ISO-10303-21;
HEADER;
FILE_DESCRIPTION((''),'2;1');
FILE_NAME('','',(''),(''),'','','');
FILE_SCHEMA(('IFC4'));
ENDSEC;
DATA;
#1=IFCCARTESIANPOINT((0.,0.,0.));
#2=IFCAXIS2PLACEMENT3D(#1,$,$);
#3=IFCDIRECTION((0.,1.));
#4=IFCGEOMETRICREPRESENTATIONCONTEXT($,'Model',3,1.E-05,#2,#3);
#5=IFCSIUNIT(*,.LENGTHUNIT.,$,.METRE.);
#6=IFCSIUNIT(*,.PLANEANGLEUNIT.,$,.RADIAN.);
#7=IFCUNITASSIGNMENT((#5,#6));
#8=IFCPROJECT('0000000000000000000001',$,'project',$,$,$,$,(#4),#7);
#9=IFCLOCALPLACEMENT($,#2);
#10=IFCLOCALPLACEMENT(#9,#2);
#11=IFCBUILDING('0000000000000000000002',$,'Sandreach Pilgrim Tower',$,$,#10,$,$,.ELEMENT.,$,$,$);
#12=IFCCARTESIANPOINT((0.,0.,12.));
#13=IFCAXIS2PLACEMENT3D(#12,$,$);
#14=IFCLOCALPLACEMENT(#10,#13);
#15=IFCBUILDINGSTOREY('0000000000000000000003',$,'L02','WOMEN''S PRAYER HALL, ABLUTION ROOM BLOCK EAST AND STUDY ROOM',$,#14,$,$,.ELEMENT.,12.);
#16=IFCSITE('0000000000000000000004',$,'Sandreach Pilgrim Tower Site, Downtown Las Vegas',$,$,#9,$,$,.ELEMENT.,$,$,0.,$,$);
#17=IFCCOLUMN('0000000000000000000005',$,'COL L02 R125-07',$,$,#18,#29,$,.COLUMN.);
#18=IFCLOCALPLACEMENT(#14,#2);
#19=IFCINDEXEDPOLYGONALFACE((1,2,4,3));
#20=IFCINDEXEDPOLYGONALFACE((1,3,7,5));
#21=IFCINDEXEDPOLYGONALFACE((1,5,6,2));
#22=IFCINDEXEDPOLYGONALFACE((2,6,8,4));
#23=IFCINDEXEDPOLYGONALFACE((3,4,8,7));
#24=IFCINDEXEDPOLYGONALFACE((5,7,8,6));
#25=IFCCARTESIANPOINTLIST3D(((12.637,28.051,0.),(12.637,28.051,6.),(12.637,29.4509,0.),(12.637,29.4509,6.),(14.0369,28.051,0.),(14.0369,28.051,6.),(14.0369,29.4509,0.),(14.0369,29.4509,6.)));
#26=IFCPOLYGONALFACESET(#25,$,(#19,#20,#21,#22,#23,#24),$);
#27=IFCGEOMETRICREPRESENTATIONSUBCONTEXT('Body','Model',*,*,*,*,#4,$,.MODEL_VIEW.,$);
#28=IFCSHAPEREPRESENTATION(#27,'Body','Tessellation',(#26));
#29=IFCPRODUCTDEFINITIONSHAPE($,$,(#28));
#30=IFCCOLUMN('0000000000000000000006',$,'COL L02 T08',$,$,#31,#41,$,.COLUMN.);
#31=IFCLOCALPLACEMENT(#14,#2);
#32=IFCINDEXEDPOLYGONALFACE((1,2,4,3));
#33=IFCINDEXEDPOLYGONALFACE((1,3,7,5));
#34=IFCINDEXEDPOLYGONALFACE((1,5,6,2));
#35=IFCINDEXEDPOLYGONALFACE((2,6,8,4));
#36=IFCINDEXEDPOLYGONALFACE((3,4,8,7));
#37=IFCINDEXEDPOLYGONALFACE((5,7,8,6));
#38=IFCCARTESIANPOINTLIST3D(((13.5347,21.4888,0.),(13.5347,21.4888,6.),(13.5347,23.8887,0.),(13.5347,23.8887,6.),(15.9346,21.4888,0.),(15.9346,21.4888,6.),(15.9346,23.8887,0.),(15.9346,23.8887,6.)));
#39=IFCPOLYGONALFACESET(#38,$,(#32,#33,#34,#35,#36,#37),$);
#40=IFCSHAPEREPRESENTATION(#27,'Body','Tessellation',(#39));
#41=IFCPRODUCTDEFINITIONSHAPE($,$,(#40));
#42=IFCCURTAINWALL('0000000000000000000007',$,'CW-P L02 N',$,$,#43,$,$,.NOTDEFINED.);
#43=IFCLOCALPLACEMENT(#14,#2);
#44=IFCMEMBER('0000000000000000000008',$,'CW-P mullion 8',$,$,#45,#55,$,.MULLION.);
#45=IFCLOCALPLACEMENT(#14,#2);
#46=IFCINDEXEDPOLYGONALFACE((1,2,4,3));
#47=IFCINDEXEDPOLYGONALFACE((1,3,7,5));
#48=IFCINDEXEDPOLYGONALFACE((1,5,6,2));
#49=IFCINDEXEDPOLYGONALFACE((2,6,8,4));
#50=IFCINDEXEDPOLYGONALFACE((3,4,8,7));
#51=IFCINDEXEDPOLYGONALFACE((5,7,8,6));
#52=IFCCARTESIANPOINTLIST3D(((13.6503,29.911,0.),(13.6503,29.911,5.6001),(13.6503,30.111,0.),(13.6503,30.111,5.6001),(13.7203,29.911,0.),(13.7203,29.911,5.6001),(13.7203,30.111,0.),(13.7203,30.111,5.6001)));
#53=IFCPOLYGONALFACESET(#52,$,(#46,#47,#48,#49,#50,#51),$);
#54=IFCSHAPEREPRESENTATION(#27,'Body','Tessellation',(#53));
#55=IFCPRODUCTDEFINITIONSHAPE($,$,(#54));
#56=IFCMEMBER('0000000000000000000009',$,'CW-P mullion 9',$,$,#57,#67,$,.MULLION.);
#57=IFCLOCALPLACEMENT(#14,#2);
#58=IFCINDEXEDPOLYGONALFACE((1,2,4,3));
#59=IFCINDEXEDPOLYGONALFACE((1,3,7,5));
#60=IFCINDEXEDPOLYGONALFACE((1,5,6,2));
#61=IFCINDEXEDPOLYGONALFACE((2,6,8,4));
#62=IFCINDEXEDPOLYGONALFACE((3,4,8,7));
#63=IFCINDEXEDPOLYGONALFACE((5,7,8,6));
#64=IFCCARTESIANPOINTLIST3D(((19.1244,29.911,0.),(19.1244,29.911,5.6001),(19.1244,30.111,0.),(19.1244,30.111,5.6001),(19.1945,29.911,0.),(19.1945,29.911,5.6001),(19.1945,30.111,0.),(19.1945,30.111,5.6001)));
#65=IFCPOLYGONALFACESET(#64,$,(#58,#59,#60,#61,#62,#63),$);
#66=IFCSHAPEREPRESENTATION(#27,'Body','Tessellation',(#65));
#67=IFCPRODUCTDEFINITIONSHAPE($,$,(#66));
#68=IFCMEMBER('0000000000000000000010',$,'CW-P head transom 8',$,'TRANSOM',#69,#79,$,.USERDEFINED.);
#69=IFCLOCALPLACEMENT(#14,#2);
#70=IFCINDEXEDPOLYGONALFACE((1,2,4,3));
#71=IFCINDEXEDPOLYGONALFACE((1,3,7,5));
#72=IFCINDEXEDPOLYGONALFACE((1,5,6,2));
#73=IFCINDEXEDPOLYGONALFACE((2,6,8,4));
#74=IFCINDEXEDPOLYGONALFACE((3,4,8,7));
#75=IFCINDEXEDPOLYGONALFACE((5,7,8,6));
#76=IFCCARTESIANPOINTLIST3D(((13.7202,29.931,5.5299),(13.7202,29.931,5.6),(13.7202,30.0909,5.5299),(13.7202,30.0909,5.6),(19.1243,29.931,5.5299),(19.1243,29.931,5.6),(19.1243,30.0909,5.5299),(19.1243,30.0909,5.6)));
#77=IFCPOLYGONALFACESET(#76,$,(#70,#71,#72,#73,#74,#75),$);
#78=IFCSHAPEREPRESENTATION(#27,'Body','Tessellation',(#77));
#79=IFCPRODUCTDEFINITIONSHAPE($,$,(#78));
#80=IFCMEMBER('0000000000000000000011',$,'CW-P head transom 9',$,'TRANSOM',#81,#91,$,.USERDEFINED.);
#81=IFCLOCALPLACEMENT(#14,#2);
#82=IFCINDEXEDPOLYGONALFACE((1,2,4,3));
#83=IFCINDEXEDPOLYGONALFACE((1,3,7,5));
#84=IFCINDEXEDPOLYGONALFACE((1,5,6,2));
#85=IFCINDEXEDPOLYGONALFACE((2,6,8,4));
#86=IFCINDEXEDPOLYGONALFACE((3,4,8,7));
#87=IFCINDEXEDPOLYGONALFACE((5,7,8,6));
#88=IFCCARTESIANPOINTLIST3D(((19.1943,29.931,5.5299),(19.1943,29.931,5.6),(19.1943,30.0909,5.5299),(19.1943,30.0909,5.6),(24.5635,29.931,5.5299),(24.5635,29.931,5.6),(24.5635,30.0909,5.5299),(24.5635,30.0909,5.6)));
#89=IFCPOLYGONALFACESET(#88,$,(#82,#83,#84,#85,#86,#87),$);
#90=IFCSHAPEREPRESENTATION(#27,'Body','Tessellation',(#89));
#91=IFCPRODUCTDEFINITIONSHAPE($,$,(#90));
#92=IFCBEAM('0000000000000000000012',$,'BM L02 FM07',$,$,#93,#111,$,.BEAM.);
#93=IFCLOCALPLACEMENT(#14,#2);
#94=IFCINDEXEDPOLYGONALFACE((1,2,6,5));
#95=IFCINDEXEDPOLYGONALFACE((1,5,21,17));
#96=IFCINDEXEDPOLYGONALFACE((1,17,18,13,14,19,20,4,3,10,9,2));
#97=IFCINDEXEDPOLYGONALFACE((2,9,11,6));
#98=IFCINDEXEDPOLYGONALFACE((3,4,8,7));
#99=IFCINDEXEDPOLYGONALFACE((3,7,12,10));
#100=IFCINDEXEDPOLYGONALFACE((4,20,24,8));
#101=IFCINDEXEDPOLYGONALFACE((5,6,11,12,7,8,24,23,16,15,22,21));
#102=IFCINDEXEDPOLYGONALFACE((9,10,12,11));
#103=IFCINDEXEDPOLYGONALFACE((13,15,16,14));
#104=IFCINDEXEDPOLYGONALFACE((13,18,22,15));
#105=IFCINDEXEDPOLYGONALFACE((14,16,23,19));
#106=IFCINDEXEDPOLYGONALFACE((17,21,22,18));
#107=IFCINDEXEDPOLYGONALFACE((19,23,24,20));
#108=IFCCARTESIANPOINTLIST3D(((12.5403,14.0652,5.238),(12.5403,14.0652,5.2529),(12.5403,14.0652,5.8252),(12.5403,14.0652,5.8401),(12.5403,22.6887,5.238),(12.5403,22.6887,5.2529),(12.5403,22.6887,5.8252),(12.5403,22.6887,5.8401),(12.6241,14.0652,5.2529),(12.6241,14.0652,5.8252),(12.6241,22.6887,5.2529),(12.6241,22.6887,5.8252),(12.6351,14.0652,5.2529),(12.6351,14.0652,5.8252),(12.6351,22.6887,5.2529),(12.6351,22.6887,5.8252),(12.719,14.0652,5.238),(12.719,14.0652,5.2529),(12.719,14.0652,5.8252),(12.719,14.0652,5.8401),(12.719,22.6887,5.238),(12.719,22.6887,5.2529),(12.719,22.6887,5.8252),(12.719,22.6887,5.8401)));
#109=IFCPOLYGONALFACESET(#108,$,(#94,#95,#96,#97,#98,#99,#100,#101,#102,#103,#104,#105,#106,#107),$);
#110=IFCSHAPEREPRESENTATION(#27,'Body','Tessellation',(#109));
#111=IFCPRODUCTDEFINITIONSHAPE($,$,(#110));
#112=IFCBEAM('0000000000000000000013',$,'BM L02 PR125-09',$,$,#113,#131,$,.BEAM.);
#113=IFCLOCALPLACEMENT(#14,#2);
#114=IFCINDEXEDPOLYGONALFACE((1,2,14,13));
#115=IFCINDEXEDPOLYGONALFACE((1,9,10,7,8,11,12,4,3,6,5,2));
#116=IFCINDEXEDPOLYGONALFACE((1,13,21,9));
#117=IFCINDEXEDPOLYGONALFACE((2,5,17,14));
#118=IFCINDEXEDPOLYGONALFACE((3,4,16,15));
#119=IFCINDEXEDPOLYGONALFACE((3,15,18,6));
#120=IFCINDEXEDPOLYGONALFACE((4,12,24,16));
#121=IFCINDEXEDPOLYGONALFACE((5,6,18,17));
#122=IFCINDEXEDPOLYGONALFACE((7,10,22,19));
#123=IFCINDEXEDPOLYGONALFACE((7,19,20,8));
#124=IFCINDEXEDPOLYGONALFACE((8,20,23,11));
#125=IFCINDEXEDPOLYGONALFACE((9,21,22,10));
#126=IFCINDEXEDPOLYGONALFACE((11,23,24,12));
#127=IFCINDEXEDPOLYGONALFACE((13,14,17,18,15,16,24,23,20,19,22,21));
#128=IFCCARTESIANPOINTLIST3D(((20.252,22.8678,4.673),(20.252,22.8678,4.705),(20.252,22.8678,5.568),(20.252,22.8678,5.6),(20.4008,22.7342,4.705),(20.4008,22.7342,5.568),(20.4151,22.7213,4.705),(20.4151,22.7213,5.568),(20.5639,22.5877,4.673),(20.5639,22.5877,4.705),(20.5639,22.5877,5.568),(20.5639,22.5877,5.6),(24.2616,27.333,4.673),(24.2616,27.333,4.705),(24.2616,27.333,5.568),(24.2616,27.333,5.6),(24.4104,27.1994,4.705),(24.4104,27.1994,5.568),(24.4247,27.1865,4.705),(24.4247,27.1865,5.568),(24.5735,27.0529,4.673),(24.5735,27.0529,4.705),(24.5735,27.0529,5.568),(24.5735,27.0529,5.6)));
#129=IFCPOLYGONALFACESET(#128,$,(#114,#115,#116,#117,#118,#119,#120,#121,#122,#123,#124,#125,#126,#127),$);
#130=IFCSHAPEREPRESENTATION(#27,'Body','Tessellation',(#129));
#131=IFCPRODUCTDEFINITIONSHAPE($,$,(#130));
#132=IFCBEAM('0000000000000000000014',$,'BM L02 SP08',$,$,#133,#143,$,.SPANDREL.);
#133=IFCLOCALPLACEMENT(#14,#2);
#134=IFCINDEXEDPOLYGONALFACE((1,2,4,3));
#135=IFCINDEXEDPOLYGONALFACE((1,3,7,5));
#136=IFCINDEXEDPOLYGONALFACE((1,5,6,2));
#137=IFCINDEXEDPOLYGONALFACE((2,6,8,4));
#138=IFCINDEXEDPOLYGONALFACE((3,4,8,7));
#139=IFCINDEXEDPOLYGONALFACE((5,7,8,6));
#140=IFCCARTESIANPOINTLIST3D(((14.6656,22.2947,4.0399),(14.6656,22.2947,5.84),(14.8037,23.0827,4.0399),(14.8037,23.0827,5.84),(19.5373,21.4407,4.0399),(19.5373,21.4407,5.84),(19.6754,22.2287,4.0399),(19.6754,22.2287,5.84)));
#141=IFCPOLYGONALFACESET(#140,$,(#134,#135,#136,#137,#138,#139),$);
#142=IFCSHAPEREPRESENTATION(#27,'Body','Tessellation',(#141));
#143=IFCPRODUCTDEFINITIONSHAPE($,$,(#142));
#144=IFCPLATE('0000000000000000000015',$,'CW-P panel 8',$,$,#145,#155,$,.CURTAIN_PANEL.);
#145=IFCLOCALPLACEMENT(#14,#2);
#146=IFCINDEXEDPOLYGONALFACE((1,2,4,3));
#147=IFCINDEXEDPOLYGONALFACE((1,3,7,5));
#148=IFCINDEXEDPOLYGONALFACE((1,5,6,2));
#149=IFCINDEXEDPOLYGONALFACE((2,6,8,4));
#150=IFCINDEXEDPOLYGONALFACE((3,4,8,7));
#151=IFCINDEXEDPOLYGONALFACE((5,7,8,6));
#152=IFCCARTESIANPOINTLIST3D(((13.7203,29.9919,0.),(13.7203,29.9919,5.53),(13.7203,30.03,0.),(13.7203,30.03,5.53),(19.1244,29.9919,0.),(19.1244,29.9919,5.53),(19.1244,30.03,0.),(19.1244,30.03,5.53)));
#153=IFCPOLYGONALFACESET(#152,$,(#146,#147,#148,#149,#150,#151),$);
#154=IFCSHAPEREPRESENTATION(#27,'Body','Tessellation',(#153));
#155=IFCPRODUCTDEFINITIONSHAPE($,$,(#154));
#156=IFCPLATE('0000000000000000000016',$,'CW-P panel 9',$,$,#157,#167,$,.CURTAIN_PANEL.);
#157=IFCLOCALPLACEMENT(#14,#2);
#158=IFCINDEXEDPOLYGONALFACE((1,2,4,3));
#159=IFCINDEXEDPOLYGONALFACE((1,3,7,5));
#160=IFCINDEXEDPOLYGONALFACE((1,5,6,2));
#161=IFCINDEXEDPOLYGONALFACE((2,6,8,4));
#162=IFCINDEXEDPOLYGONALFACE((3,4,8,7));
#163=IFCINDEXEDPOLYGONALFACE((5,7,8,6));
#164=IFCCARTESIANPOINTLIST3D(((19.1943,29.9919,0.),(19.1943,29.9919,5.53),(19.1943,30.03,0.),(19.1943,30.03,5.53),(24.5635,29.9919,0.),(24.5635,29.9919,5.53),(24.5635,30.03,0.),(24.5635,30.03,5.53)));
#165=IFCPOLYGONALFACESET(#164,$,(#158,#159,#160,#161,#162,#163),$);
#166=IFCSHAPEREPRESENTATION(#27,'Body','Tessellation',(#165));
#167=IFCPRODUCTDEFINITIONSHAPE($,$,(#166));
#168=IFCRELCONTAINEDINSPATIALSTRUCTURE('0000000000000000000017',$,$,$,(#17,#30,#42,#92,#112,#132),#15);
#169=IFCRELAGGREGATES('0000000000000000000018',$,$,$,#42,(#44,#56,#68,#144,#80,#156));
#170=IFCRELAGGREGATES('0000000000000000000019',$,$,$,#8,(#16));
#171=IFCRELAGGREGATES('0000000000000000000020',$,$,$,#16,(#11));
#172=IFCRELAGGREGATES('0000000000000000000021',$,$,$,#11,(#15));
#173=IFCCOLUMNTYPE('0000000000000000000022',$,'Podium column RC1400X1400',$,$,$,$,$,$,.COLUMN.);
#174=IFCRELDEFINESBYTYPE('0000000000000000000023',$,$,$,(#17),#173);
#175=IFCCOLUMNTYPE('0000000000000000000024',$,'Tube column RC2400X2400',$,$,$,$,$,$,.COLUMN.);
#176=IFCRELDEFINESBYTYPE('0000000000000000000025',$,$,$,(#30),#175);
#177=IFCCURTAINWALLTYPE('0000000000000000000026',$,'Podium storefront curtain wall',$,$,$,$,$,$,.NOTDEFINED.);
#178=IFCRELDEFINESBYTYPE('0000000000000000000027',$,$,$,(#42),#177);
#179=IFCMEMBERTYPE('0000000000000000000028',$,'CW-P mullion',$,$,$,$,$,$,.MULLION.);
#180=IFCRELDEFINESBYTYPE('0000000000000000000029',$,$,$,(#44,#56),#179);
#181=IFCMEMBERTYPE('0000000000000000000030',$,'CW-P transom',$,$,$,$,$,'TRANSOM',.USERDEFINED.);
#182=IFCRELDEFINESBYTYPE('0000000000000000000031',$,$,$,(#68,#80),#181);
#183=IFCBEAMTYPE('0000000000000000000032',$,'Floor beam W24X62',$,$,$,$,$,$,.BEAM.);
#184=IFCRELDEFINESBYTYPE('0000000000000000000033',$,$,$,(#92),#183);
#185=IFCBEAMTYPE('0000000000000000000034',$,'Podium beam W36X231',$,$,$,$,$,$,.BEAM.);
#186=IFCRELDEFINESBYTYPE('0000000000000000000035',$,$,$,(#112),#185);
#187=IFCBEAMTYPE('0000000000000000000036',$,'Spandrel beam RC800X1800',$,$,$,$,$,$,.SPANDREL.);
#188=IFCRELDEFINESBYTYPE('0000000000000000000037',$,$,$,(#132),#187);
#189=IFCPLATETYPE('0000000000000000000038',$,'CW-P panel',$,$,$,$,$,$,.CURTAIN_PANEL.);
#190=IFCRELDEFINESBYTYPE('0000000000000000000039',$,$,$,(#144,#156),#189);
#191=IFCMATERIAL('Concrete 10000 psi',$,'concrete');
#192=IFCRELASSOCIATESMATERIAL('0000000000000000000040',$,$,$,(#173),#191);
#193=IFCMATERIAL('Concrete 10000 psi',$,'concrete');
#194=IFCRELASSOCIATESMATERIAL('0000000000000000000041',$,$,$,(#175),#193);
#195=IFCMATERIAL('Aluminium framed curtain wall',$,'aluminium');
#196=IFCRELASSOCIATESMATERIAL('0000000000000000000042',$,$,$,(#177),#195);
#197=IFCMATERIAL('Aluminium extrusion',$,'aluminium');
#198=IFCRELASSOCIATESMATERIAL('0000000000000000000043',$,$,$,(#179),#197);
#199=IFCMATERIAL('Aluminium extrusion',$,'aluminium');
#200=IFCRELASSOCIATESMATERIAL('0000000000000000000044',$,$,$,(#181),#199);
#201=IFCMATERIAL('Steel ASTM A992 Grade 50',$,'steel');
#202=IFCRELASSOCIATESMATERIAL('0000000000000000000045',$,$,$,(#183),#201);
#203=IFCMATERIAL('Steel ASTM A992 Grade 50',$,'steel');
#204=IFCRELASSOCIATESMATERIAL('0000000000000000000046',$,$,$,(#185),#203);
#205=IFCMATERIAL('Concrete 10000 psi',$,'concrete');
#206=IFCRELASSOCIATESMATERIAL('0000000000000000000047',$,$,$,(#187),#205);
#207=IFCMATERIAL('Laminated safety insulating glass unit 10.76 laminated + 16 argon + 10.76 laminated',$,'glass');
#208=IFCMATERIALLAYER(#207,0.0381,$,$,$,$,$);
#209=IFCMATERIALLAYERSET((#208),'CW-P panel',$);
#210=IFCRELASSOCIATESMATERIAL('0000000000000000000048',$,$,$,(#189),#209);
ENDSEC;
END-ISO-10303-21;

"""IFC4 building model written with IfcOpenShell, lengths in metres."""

from ifc_helpers import new_model, si_unit, direction, frame, origin, origin_2d, place, context, subcontext, project, spatial, rectangle, i_section, extrude, material, layer, layer_set, material_profile, profile_set, type_object, element, aggregate, save


model = new_model("IFC4")

# Units and contexts
model_context = context("Model", 3, precision=1e-05, world=origin(), true_north=direction((0.0, 1.0)))
body_context = subcontext(model_context, "Body", "Model", "MODEL_VIEW")
ifc_project = project(units=[si_unit("LENGTHUNIT", "METRE"), si_unit("PLANEANGLEUNIT", "RADIAN")], contexts=[model_context])

# Site, building, storey
site_placement = place(None, origin())
site = spatial("IfcSite", under=ifc_project, at=site_placement, Name="Sandreach Pilgrim Tower Site, Downtown Las Vegas", CompositionType="ELEMENT", RefElevation=0.0)
building_placement = place(site_placement, origin())
building = spatial("IfcBuilding", under=site, at=building_placement, Name="Sandreach Pilgrim Tower", CompositionType="ELEMENT")
storey_placement = place(building_placement, frame((0.0, 0.0, 12.0)))
storey = spatial("IfcBuildingStorey", under=building, at=storey_placement, Name="L02", Description="WOMEN'S PRAYER HALL, ABLUTION ROOM BLOCK EAST AND STUDY ROOM", CompositionType="ELEMENT", Elevation=12.0)

# Columns
ifc_material_1 = material(Name="Concrete 10000 psi", Category="concrete")
ifc_material_profile_1 = material_profile(ifc_material_1, rectangle(XDim=1.3999, YDim=1.3999, at=origin_2d()), Name="RC1400X1400")
ifc_profile_set_1 = profile_set([ifc_material_profile_1], Name="Concrete 10000 psi")
column_type_1 = type_object("IfcColumnType", Name="Podium column RC1400X1400", PredefinedType="COLUMN", material=ifc_profile_set_1)
column_1_placement = place(storey_placement, frame((13.3369, 28.751, 0.0), z_axis=(0.0, 0.0, 1.0), x_axis=(0.0, 1.0, 0.0)))
element("IfcColumn", 1, at=column_1_placement, inside=storey, type_object=column_type_1, Name="COL L02 R125-07", PredefinedType="COLUMN", context=body_context, shape_type="SweptSolid", body=[
    extrude(rectangle(XDim=1.3999, YDim=1.3999, at=origin_2d()), origin(), (0.0, 0.0, 1.0), 6.0),
])
ifc_material_2 = material(Name="Concrete 10000 psi", Category="concrete")
ifc_material_profile_2 = material_profile(ifc_material_2, rectangle(XDim=2.3999, YDim=2.3999, at=origin_2d()), Name="RC2400X2400")
ifc_profile_set_2 = profile_set([ifc_material_profile_2], Name="Concrete 10000 psi")
column_type_2 = type_object("IfcColumnType", Name="Tube column RC2400X2400", PredefinedType="COLUMN", material=ifc_profile_set_2)
column_2_placement = place(storey_placement, frame((14.7346, 22.6887, 0.0), z_axis=(0.0, 0.0, 1.0), x_axis=(0.0, 1.0, 0.0)))
element("IfcColumn", 2, at=column_2_placement, inside=storey, type_object=column_type_2, Name="COL L02 T08", PredefinedType="COLUMN", context=body_context, shape_type="SweptSolid", body=[
    extrude(rectangle(XDim=2.3999, YDim=2.3999, at=origin_2d()), origin(), (0.0, 0.0, 1.0), 6.0),
])

# Curtain wall, members
ifc_material_3 = material(Name="Aluminium framed curtain wall", Category="aluminium")
curtain_wall_type = type_object("IfcCurtainWallType", Name="Podium storefront curtain wall", PredefinedType="NOTDEFINED", material=ifc_material_3)
curtain_wall_placement = place(storey_placement, origin())
curtain_wall = element("IfcCurtainWall", 3, at=curtain_wall_placement, inside=storey, type_object=curtain_wall_type, Name="CW-P L02 N", PredefinedType="NOTDEFINED")
ifc_material_4 = material(Name="Aluminium extrusion", Category="aluminium")
ifc_material_profile_3 = material_profile(ifc_material_4, rectangle(XDim=0.0701, YDim=0.2, at=origin_2d()), Name="CW-PM 70X200")
ifc_profile_set_3 = profile_set([ifc_material_profile_3], Name="Aluminium extrusion")
member_type_1 = type_object("IfcMemberType", Name="CW-P mullion", PredefinedType="MULLION", material=ifc_profile_set_3)
member_1_placement = place(storey_placement, frame((13.6853, 30.011, 0.0), z_axis=(0.0, 0.0, 1.0), x_axis=(1.0, 0.0, 0.0)))
member_1 = element("IfcMember", 4, at=member_1_placement, type_object=member_type_1, Name="CW-P mullion 8", PredefinedType="MULLION", context=body_context, shape_type="SweptSolid", body=[
    extrude(rectangle(XDim=0.0701, YDim=0.2, at=origin_2d()), origin(), (0.0, 0.0, 1.0), 5.6001),
])
member_2_placement = place(storey_placement, frame((19.1594, 30.011, 0.0), z_axis=(0.0, 0.0, 1.0), x_axis=(1.0, 0.0, 0.0)))
member_2 = element("IfcMember", 5, at=member_2_placement, type_object=member_type_1, Name="CW-P mullion 9", PredefinedType="MULLION", context=body_context, shape_type="SweptSolid", body=[
    extrude(rectangle(XDim=0.0701, YDim=0.2, at=origin_2d()), origin(), (0.0, 0.0, 1.0), 5.6001),
])
ifc_material_5 = material(Name="Aluminium extrusion", Category="aluminium")
ifc_material_profile_4 = material_profile(ifc_material_5, rectangle(XDim=0.1599, YDim=0.0701, at=origin_2d()), Name="CW-PT 160X70")
ifc_profile_set_4 = profile_set([ifc_material_profile_4], Name="Aluminium extrusion")
member_type_2 = type_object("IfcMemberType", Name="CW-P transom", ElementType="TRANSOM", PredefinedType="USERDEFINED", material=ifc_profile_set_4)
member_3_placement = place(storey_placement, frame((13.7202, 30.011, 5.5649), z_axis=(1.0, 0.0, 0.0), x_axis=(0.0, 1.0, 0.0)))
member_3 = element("IfcMember", 6, at=member_3_placement, type_object=member_type_2, Name="CW-P head transom 8", ObjectType="TRANSOM", PredefinedType="USERDEFINED", context=body_context, shape_type="SweptSolid", body=[
    extrude(rectangle(XDim=0.1599, YDim=0.0701, at=origin_2d()), origin(), (0.0, 0.0, 1.0), 5.4041),
])
member_4_placement = place(storey_placement, frame((19.1943, 30.011, 5.5649), z_axis=(1.0, 0.0, 0.0), x_axis=(0.0, 1.0, 0.0)))
member_4 = element("IfcMember", 7, at=member_4_placement, type_object=member_type_2, Name="CW-P head transom 9", ObjectType="TRANSOM", PredefinedType="USERDEFINED", context=body_context, shape_type="SweptSolid", body=[
    extrude(rectangle(XDim=0.1599, YDim=0.0701, at=origin_2d()), origin(), (0.0, 0.0, 1.0), 5.3691),
])

# Beams
ifc_material_6 = material(Name="Steel ASTM A992 Grade 50", Category="steel")
ifc_material_profile_5 = material_profile(ifc_material_6, i_section(OverallWidth=0.1787, OverallDepth=0.6021, WebThickness=0.011, FlangeThickness=0.0149, at=origin_2d()), Name="W24X62")
ifc_profile_set_5 = profile_set([ifc_material_profile_5], Name="Steel ASTM A992 Grade 50")
beam_type_1 = type_object("IfcBeamType", Name="Floor beam W24X62", PredefinedType="BEAM", material=ifc_profile_set_5)
beam_1_placement = place(storey_placement, frame((12.6296, 22.6887, 5.5391), z_axis=(0.0, -1.0, 0.0), x_axis=(1.0, 0.0, 0.0)))
element("IfcBeam", 8, at=beam_1_placement, inside=storey, type_object=beam_type_1, Name="BM L02 FM07", PredefinedType="BEAM", context=body_context, shape_type="SweptSolid", body=[
    extrude(i_section(OverallWidth=0.1787, OverallDepth=0.6021, WebThickness=0.011, FlangeThickness=0.0149, at=origin_2d()), origin(), (0.0, 0.0, 1.0), 8.6235),
])
ifc_material_7 = material(Name="Steel ASTM A992 Grade 50", Category="steel")
ifc_material_profile_6 = material_profile(ifc_material_7, i_section(OverallWidth=0.4192, OverallDepth=0.927, WebThickness=0.0193, FlangeThickness=0.032, at=origin_2d()), Name="W36X231")
ifc_profile_set_6 = profile_set([ifc_material_profile_6], Name="Steel ASTM A992 Grade 50")
beam_type_2 = type_object("IfcBeamType", Name="Podium beam W36X231", PredefinedType="BEAM", material=ifc_profile_set_6)
beam_2_placement = place(storey_placement, frame((20.408, 22.7278, 5.1365), z_axis=(0.66813, 0.744044, 0.0), x_axis=(-0.744044, 0.66813, 0.0)))
element("IfcBeam", 9, at=beam_2_placement, inside=storey, type_object=beam_type_2, Name="BM L02 PR125-09", PredefinedType="BEAM", context=body_context, shape_type="SweptSolid", body=[
    extrude(i_section(OverallWidth=0.4192, OverallDepth=0.927, WebThickness=0.0193, FlangeThickness=0.032, at=origin_2d()), origin(), (0.0, 0.0, 1.0), 6.0012),
])
ifc_material_8 = material(Name="Concrete 10000 psi", Category="concrete")
ifc_material_profile_7 = material_profile(ifc_material_8, rectangle(XDim=0.8, YDim=1.8, at=origin_2d()), Name="RC800X1800")
ifc_profile_set_7 = profile_set([ifc_material_profile_7], Name="Concrete 10000 psi")
beam_type_3 = type_object("IfcBeamType", Name="Spandrel beam RC800X1800", PredefinedType="SPANDREL", material=ifc_profile_set_7)
beam_3_placement = place(storey_placement, frame((14.7346, 22.6887, 4.9399), z_axis=(0.984981, -0.172662, 0.0), x_axis=(0.172662, 0.984981, 0.0)))
element("IfcBeam", 10, at=beam_3_placement, inside=storey, type_object=beam_type_3, Name="BM L02 SP08", PredefinedType="SPANDREL", context=body_context, shape_type="SweptSolid", body=[
    extrude(rectangle(XDim=0.8, YDim=1.8, at=origin_2d()), origin(), (0.0, 0.0, 1.0), 4.946),
])

# Plates
ifc_material_9 = material(Name="Laminated safety insulating glass unit 10.76 laminated + 16 argon + 10.76 laminated", Category="glass")
ifc_layer_1 = layer(ifc_material_9, 0.0381)
ifc_layer_set_1 = layer_set([ifc_layer_1], Name="CW-P panel")
plate_type = type_object("IfcPlateType", Name="CW-P panel", PredefinedType="CURTAIN_PANEL", material=ifc_layer_set_1)
plate_1_placement = place(storey_placement, frame((16.4224, 30.011, 0.0), z_axis=(0.0, 0.0, 1.0), x_axis=(1.0, 0.0, 0.0)))
plate_1 = element("IfcPlate", 11, at=plate_1_placement, type_object=plate_type, Name="CW-P panel 8", PredefinedType="CURTAIN_PANEL", context=body_context, shape_type="SweptSolid", body=[
    extrude(rectangle(XDim=5.4041, YDim=0.0381, at=origin_2d()), origin(), (0.0, 0.0, 1.0), 5.53),
])
plate_2_placement = place(storey_placement, frame((21.8789, 30.011, 0.0), z_axis=(0.0, 0.0, 1.0), x_axis=(1.0, 0.0, 0.0)))
plate_2 = element("IfcPlate", 12, at=plate_2_placement, type_object=plate_type, Name="CW-P panel 9", PredefinedType="CURTAIN_PANEL", context=body_context, shape_type="SweptSolid", body=[
    extrude(rectangle(XDim=5.3691, YDim=0.0381, at=origin_2d()), origin(), (0.0, 0.0, 1.0), 5.53),
])
aggregate(curtain_wall, [member_1, member_2, member_3, plate_1, member_4, plate_2])

save(model, "model.ifc")
